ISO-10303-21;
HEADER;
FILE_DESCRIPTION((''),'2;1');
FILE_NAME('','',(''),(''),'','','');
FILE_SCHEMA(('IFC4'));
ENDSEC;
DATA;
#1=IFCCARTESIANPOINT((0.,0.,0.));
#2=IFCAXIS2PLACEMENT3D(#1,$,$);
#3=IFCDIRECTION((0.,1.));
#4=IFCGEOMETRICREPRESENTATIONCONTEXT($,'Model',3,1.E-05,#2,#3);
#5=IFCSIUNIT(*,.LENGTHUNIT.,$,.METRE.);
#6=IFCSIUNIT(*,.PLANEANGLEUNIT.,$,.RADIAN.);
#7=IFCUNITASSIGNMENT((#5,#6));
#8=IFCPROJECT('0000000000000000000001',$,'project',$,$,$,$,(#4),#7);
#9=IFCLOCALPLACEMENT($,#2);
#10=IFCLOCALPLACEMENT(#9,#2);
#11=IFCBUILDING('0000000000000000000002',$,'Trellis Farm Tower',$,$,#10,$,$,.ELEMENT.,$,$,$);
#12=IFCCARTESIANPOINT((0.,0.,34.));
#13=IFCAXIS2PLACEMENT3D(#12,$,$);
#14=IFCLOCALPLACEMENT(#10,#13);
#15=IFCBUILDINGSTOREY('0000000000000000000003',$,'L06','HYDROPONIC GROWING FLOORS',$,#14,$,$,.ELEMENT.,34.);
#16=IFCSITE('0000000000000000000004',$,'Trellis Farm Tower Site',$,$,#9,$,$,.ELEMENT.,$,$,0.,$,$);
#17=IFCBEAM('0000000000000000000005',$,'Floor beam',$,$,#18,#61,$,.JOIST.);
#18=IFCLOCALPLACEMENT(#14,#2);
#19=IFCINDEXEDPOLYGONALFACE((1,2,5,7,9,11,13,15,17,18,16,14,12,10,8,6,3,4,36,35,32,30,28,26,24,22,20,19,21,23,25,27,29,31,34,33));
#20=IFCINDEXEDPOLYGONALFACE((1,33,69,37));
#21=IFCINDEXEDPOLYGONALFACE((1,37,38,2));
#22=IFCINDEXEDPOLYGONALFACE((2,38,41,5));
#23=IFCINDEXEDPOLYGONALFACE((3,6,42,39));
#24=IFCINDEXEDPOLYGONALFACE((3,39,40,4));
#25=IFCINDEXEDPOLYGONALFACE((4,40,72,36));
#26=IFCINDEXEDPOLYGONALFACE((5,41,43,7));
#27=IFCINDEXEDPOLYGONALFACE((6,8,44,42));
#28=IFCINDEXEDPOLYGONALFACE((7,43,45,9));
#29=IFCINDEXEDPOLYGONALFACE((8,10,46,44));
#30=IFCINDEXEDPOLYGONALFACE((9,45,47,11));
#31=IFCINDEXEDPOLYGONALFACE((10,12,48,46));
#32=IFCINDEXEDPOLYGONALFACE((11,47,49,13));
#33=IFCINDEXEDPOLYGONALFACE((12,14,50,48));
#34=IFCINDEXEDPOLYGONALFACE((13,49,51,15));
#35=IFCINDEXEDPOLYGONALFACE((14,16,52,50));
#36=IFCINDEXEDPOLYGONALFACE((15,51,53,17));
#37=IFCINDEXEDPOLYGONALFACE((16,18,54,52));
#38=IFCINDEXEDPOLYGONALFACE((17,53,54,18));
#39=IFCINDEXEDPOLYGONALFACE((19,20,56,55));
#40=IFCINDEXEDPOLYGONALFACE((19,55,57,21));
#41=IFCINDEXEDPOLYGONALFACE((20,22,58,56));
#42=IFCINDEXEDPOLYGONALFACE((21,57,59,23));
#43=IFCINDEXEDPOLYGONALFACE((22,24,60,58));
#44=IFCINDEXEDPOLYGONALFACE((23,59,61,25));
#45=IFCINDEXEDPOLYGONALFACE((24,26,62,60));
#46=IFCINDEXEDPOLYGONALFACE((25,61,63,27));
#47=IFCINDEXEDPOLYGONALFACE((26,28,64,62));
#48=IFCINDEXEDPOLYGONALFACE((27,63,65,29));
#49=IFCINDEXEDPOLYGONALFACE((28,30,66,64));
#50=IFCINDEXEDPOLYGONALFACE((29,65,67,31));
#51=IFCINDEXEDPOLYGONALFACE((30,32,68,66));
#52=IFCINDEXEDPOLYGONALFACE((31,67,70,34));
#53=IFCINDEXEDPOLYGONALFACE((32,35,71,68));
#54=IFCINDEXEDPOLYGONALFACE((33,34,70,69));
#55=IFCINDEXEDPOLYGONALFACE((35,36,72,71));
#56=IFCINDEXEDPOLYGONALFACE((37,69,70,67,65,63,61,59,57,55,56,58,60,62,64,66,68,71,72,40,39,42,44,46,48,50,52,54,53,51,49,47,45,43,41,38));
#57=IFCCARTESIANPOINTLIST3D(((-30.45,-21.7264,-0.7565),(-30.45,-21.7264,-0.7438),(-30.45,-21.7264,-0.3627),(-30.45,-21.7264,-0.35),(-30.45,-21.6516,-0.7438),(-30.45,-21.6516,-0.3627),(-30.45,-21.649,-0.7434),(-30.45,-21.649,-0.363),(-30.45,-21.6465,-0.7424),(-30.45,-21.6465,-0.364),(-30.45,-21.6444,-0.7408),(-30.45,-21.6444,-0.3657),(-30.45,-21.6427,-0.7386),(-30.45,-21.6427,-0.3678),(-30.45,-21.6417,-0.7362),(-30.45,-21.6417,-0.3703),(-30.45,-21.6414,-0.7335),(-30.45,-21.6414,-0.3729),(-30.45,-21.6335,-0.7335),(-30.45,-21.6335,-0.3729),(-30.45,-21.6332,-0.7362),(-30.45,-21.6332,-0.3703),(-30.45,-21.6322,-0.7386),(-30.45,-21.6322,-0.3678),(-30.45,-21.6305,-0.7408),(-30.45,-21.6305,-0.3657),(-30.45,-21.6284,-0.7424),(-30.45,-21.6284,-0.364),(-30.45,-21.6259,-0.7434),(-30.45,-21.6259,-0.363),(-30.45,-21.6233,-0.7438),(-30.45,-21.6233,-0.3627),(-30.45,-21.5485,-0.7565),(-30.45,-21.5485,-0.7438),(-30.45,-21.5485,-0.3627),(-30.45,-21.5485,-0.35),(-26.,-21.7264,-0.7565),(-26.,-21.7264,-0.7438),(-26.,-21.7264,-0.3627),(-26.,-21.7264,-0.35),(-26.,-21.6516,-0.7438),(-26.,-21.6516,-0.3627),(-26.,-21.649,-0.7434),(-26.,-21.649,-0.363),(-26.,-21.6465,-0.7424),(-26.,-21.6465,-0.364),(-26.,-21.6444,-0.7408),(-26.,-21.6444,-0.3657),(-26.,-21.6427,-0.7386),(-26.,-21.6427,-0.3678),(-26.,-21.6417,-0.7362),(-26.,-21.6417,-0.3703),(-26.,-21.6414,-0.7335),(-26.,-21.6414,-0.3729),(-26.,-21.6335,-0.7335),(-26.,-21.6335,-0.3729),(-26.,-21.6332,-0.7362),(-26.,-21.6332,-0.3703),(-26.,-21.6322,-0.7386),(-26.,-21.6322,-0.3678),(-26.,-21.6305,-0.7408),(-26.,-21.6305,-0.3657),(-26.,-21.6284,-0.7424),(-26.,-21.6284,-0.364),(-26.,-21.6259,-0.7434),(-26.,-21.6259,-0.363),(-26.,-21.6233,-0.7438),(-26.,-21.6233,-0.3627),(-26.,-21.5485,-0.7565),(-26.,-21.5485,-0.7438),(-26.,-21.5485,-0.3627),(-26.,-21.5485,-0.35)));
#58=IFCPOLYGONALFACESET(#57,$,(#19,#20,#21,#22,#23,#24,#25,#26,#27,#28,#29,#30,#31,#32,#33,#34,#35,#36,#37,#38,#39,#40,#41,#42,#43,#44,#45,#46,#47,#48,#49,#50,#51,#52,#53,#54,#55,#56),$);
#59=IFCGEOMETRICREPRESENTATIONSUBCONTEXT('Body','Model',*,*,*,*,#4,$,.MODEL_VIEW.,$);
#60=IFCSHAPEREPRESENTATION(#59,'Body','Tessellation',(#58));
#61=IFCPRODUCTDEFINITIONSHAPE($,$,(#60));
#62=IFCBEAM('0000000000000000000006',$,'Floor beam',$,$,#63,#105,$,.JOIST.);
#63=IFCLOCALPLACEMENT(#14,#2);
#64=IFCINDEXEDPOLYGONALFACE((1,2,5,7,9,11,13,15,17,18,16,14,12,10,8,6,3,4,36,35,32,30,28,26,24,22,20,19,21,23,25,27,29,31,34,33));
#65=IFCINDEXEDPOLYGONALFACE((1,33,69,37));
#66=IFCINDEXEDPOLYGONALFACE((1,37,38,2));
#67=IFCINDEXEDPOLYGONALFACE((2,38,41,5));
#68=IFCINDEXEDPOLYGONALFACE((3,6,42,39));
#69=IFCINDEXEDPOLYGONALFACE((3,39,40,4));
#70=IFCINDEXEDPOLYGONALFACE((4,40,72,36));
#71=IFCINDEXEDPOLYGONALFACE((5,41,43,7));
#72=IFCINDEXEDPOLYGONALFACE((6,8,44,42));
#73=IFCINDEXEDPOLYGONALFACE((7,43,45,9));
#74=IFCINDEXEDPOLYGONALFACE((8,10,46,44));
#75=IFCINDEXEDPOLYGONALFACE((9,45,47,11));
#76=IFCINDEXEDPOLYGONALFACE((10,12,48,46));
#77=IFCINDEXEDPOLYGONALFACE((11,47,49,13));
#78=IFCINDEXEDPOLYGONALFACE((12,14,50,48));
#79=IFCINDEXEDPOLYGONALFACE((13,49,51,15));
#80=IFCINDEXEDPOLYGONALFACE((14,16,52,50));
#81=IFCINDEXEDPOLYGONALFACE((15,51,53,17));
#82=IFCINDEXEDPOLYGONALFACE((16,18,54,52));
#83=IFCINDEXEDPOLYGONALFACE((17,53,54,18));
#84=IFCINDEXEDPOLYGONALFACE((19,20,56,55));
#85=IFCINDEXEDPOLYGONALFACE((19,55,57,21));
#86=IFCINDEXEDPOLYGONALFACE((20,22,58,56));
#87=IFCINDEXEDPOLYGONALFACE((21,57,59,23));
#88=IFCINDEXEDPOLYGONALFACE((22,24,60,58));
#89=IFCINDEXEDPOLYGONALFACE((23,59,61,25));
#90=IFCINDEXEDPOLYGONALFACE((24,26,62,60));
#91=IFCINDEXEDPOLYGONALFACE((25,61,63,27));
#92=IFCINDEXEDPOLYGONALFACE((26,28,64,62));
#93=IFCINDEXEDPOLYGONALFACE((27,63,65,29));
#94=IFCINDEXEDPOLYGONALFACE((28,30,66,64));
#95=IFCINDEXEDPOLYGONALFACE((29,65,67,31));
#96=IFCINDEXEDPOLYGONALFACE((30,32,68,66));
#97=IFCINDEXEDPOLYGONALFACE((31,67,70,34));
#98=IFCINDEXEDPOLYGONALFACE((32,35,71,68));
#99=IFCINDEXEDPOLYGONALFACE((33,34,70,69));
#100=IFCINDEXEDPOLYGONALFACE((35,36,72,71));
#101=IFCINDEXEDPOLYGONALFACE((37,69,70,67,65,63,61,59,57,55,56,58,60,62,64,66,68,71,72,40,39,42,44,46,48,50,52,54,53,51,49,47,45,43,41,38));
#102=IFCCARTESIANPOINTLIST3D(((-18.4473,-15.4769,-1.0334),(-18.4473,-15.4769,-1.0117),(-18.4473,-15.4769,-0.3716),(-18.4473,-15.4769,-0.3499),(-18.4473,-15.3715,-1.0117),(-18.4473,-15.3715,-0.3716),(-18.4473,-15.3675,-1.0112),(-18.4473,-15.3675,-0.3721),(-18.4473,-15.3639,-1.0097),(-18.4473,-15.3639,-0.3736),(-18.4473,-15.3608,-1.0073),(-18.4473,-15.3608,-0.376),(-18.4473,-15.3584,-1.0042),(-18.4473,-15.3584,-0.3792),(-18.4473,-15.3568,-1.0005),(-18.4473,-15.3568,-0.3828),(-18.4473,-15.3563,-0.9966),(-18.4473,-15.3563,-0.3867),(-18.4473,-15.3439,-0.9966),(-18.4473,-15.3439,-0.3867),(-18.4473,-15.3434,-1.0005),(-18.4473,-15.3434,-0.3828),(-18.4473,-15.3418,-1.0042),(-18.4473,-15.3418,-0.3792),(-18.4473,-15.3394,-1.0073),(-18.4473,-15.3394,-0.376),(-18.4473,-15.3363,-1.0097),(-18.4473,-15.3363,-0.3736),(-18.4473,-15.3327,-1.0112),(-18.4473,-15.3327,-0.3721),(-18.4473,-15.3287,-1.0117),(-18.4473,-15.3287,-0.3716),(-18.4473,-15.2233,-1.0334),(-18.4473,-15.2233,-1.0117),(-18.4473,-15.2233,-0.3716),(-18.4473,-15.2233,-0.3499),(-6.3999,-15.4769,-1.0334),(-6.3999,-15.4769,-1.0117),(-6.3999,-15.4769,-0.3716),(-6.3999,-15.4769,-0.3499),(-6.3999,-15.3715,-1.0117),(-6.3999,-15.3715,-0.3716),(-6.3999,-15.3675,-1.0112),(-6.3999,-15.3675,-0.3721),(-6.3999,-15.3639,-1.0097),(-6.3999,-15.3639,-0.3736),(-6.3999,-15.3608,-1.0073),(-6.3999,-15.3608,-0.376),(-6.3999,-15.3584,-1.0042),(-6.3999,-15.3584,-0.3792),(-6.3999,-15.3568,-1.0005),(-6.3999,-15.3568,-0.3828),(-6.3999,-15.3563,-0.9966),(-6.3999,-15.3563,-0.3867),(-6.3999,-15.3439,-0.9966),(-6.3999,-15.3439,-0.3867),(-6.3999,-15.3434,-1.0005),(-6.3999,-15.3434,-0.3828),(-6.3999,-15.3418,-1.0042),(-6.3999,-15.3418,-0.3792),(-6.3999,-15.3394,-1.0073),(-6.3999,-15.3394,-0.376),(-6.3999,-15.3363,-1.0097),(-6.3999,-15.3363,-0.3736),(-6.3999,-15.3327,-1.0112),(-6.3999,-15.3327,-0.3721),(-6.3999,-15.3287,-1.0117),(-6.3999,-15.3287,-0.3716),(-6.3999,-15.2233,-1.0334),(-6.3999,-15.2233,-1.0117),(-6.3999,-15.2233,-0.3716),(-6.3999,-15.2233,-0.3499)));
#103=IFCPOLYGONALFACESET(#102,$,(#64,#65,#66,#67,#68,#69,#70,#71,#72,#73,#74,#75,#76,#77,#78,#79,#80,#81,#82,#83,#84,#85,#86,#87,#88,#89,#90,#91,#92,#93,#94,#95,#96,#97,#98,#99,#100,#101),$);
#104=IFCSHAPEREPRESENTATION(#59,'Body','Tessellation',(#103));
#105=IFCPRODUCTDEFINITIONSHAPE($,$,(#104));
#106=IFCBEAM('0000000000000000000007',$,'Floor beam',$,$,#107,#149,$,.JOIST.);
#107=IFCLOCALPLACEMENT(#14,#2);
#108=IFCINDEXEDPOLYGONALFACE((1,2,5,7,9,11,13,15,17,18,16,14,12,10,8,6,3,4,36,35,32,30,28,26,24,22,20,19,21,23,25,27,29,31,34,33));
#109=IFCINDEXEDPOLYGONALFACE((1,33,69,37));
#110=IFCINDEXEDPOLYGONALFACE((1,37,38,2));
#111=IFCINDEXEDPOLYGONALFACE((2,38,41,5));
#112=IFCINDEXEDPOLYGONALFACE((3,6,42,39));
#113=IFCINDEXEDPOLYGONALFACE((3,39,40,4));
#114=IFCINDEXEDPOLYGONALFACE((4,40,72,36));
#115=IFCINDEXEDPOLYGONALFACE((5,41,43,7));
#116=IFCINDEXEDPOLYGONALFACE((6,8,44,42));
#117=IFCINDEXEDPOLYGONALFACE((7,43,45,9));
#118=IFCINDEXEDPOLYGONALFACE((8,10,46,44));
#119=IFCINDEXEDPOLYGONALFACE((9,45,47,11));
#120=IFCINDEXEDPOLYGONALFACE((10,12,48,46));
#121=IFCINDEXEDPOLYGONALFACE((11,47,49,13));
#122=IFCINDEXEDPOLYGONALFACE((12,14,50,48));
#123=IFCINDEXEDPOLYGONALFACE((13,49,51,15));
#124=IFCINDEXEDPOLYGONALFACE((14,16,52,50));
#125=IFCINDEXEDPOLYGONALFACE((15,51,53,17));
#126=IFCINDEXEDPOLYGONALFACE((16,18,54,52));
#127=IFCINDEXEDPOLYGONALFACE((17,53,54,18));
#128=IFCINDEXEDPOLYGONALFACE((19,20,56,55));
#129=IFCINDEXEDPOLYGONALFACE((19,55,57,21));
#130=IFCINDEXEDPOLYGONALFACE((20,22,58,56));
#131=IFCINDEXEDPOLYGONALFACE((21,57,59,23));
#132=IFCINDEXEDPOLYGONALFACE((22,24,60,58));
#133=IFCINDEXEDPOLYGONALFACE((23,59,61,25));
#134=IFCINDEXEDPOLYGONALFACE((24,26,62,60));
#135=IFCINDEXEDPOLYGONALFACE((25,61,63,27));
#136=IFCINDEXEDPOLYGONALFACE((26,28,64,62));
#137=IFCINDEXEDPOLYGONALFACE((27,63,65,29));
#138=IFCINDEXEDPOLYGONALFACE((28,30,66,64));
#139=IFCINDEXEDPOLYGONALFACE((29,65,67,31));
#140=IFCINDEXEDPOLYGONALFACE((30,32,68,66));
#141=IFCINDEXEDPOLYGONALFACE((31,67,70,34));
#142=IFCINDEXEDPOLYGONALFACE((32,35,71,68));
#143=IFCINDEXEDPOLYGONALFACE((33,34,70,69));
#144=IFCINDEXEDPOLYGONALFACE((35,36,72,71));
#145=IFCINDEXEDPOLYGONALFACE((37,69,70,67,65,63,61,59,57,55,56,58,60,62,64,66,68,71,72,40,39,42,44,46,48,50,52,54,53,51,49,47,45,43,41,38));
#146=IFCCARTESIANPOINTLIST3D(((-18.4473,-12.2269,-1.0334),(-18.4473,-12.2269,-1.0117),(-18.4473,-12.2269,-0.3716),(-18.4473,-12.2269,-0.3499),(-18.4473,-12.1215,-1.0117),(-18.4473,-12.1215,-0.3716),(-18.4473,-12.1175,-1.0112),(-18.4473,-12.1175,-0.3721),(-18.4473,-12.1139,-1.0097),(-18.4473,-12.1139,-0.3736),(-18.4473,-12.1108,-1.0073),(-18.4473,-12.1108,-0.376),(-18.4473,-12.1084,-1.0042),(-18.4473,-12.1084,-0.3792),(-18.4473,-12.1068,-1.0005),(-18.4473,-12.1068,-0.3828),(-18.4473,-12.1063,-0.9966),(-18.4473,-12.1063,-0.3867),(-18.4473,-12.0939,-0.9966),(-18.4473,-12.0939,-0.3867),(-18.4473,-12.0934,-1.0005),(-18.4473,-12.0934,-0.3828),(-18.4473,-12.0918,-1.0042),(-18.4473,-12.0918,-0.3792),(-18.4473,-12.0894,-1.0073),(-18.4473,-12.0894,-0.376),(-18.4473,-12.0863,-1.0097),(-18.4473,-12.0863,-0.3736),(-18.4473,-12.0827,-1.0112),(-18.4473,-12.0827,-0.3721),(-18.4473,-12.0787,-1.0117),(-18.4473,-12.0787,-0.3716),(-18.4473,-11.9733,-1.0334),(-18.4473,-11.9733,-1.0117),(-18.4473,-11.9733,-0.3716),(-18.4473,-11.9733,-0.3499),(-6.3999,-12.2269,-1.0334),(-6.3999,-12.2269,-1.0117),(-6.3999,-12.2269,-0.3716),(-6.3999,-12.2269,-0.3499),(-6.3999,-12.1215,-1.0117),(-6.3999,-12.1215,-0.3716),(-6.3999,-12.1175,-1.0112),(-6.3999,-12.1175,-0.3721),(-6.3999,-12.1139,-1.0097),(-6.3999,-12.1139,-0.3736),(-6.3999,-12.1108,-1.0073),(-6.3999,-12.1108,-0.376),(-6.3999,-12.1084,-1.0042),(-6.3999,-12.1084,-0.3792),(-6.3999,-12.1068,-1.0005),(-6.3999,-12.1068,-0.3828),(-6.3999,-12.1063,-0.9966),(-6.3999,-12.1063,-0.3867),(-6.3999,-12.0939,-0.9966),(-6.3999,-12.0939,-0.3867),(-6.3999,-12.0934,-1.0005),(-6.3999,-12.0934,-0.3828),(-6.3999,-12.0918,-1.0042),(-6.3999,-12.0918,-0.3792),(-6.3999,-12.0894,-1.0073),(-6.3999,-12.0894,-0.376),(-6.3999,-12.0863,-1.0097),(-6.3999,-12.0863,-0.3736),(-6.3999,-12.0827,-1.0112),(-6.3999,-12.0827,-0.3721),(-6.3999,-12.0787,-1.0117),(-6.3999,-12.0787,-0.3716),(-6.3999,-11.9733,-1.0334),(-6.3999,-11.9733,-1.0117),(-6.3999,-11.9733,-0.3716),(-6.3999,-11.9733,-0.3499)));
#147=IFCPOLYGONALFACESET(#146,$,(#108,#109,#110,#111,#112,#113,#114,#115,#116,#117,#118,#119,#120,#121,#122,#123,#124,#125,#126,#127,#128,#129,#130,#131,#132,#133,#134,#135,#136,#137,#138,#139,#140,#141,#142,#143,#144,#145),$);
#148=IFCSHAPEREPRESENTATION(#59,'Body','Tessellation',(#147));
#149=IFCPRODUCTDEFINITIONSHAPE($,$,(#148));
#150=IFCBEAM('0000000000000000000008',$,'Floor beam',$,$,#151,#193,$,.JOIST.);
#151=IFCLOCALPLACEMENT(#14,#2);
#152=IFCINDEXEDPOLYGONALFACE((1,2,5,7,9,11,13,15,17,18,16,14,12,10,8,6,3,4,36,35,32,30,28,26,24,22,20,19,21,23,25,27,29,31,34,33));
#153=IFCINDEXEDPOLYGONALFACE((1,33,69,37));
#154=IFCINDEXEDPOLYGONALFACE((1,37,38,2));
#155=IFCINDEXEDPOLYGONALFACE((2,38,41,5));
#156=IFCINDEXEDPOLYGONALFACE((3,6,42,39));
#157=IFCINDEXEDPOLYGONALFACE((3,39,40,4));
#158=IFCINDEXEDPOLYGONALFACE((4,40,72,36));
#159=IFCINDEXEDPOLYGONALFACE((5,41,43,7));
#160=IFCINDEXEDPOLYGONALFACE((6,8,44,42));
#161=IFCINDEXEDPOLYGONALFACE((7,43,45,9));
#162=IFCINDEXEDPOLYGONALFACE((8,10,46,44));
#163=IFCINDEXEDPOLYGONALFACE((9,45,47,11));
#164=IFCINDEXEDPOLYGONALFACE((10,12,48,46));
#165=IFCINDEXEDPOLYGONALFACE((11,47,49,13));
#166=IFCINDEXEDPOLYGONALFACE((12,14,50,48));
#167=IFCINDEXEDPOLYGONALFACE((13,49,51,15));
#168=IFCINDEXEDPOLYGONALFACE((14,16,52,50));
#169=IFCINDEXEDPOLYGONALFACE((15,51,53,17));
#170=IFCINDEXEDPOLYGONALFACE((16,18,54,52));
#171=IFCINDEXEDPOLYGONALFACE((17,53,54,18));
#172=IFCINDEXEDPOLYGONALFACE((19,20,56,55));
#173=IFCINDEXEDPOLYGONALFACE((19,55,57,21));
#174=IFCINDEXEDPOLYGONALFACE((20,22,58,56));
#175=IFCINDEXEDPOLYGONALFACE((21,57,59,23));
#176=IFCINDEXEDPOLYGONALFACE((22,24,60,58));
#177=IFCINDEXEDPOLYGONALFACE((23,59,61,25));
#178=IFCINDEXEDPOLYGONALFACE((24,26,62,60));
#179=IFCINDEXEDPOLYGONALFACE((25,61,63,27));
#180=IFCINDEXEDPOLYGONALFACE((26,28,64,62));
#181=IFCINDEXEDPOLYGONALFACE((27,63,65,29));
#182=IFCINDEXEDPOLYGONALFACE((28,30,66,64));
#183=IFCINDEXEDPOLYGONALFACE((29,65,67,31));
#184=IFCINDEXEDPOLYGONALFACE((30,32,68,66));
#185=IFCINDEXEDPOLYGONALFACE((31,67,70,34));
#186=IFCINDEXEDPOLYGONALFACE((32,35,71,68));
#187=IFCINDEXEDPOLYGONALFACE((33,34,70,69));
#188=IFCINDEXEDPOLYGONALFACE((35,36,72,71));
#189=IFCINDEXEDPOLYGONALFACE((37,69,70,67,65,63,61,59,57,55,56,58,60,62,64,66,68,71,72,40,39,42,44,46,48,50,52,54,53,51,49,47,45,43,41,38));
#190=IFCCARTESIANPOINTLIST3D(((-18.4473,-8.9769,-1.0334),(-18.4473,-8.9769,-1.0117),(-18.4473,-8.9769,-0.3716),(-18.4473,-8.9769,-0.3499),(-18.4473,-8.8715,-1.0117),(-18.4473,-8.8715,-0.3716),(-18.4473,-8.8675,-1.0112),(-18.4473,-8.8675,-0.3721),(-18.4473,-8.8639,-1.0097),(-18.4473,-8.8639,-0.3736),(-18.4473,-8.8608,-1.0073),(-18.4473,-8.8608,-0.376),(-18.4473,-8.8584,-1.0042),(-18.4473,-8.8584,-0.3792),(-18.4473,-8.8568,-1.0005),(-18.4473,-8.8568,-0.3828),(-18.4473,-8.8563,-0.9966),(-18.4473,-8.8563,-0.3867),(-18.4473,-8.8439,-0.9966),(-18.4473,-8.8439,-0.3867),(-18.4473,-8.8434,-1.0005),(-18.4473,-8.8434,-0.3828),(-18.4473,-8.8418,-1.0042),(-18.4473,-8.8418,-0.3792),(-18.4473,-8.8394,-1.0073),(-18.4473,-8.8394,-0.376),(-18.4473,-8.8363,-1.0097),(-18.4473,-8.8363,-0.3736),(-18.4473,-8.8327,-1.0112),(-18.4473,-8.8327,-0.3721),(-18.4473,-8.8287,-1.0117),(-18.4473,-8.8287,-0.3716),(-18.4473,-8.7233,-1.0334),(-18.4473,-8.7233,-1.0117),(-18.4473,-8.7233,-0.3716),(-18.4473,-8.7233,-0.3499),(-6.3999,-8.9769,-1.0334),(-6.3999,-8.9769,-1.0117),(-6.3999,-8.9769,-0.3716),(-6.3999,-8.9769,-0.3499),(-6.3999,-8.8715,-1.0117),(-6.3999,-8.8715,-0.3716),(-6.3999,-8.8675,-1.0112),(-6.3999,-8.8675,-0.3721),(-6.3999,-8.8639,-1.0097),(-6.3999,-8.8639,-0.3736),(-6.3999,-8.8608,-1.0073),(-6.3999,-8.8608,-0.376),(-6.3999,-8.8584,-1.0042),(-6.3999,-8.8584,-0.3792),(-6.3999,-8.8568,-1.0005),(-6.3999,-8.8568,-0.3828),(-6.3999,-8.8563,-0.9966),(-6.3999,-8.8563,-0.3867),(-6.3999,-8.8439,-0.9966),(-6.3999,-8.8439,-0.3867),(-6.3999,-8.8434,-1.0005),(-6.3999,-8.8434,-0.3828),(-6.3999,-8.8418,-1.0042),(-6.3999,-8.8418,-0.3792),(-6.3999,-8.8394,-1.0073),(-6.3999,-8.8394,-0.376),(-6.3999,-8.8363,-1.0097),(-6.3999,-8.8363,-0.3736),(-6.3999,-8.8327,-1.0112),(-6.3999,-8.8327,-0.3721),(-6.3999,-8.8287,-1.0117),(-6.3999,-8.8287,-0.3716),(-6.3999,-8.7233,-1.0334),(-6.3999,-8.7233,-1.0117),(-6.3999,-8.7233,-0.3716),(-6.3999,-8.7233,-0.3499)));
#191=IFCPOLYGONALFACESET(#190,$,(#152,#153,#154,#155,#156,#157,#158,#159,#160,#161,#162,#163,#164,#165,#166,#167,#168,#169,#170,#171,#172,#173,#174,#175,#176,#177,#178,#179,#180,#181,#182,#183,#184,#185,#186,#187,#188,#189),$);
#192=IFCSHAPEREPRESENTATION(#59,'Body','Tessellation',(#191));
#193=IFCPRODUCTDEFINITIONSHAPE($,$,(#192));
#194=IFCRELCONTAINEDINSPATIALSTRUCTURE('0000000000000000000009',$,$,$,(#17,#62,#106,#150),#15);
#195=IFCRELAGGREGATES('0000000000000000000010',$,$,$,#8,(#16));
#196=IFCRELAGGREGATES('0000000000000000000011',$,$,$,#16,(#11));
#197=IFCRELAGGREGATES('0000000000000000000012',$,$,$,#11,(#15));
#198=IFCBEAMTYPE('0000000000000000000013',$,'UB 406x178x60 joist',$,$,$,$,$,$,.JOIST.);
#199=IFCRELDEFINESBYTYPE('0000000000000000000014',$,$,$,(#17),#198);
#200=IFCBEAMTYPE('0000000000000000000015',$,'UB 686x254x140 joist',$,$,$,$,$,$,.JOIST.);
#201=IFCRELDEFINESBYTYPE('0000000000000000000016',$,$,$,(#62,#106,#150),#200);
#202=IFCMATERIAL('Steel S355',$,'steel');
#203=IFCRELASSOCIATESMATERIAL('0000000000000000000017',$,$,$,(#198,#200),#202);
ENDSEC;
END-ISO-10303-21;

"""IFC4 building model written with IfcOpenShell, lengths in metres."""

from ifc_helpers import new_model, si_unit, direction, frame, origin, origin_2d, place, context, subcontext, project, spatial, i_section, extrude, source, transform, mapped, material, material_profile, profile_set, type_object, element, save


model = new_model("IFC4")

# Units and contexts
model_context = context("Model", 3, precision=1e-05, world=origin(), true_north=direction((0.0, 1.0)))
body_context = subcontext(model_context, "Body", "Model", "MODEL_VIEW")
ifc_project = project(units=[si_unit("LENGTHUNIT", "METRE"), si_unit("PLANEANGLEUNIT", "RADIAN")], contexts=[model_context])

# Site, building, storey
site_placement = place(None, origin())
site = spatial("IfcSite", under=ifc_project, at=site_placement, Name="Trellis Farm Tower Site", CompositionType="ELEMENT", RefElevation=0.0)
building_placement = place(site_placement, origin())
building = spatial("IfcBuilding", under=site, at=building_placement, Name="Trellis Farm Tower", CompositionType="ELEMENT")
storey_placement = place(building_placement, frame((0.0, 0.0, 34.0)))
storey = spatial("IfcBuildingStorey", under=building, at=storey_placement, Name="L06", Description="HYDROPONIC GROWING FLOORS", CompositionType="ELEMENT", Elevation=34.0)

# Beams
ifc_material_1 = material(Name="Steel S355", Category="steel")
ifc_material_profile_1 = material_profile(ifc_material_1, i_section(OverallWidth=0.178, OverallDepth=0.4065, WebThickness=0.0078, FlangeThickness=0.0127, FilletRadius=0.0103, at=origin_2d()), Name="UB 406x178x60")
ifc_profile_set_1 = profile_set([ifc_material_profile_1], Name="Steel S355")
beam_type_1 = type_object("IfcBeamType", Name="UB 406x178x60 joist", PredefinedType="JOIST", material=ifc_profile_set_1)
shared_shape_1 = source(origin(), body_context, "Body", "SweptSolid", [
    extrude(i_section(OverallWidth=0.178, OverallDepth=0.4065, WebThickness=0.0078, FlangeThickness=0.0127, FilletRadius=0.0103, at=origin_2d()), origin(), (0.0, 0.0, 1.0), 4.45),
])
for number, where, z_axis, x_axis, name in (
    (1, (-30.45, -21.6375, -0.5532), (1.0, 0.0, 0.0), (0.0, 1.0, 0.0), "Floor beam"),
):
    element("IfcBeam", number, at=place(storey_placement, frame(where, z_axis=z_axis, x_axis=x_axis)), inside=storey, type_object=beam_type_1, Name=name, PredefinedType="JOIST", context=body_context, shape_type="MappedRepresentation", body=[
        mapped(shared_shape_1, transform((0.0, 0.0, 0.0))),
    ])
ifc_material_profile_2 = material_profile(ifc_material_1, i_section(OverallWidth=0.2537, OverallDepth=0.6836, WebThickness=0.0125, FlangeThickness=0.0217, FilletRadius=0.0151, at=origin_2d()), Name="UB 686x254x140")
ifc_profile_set_2 = profile_set([ifc_material_profile_2], Name="Steel S355")
beam_type_2 = type_object("IfcBeamType", Name="UB 686x254x140 joist", PredefinedType="JOIST", material=ifc_profile_set_2)
shared_shape_2 = source(origin(), body_context, "Body", "SweptSolid", [
    extrude(i_section(OverallWidth=0.2537, OverallDepth=0.6836, WebThickness=0.0125, FlangeThickness=0.0217, FilletRadius=0.0151, at=origin_2d()), origin(), (0.0, 0.0, 1.0), 12.0474),
])
for number, where, z_axis, x_axis, name in (
    (2, (-18.4473, -15.3501, -0.6917), (1.0, 0.0, 0.0), (0.0, 1.0, 0.0), "Floor beam"),
    (3, (-18.4473, -12.1001, -0.6917), (1.0, 0.0, 0.0), (0.0, 1.0, 0.0), "Floor beam"),
    (4, (-18.4473, -8.8501, -0.6917), (1.0, 0.0, 0.0), (0.0, 1.0, 0.0), "Floor beam"),
):
    element("IfcBeam", number, at=place(storey_placement, frame(where, z_axis=z_axis, x_axis=x_axis)), inside=storey, type_object=beam_type_2, Name=name, PredefinedType="JOIST", context=body_context, shape_type="MappedRepresentation", body=[
        mapped(shared_shape_2, transform((0.0, 0.0, 0.0))),
    ])

save(model, "model.ifc")
